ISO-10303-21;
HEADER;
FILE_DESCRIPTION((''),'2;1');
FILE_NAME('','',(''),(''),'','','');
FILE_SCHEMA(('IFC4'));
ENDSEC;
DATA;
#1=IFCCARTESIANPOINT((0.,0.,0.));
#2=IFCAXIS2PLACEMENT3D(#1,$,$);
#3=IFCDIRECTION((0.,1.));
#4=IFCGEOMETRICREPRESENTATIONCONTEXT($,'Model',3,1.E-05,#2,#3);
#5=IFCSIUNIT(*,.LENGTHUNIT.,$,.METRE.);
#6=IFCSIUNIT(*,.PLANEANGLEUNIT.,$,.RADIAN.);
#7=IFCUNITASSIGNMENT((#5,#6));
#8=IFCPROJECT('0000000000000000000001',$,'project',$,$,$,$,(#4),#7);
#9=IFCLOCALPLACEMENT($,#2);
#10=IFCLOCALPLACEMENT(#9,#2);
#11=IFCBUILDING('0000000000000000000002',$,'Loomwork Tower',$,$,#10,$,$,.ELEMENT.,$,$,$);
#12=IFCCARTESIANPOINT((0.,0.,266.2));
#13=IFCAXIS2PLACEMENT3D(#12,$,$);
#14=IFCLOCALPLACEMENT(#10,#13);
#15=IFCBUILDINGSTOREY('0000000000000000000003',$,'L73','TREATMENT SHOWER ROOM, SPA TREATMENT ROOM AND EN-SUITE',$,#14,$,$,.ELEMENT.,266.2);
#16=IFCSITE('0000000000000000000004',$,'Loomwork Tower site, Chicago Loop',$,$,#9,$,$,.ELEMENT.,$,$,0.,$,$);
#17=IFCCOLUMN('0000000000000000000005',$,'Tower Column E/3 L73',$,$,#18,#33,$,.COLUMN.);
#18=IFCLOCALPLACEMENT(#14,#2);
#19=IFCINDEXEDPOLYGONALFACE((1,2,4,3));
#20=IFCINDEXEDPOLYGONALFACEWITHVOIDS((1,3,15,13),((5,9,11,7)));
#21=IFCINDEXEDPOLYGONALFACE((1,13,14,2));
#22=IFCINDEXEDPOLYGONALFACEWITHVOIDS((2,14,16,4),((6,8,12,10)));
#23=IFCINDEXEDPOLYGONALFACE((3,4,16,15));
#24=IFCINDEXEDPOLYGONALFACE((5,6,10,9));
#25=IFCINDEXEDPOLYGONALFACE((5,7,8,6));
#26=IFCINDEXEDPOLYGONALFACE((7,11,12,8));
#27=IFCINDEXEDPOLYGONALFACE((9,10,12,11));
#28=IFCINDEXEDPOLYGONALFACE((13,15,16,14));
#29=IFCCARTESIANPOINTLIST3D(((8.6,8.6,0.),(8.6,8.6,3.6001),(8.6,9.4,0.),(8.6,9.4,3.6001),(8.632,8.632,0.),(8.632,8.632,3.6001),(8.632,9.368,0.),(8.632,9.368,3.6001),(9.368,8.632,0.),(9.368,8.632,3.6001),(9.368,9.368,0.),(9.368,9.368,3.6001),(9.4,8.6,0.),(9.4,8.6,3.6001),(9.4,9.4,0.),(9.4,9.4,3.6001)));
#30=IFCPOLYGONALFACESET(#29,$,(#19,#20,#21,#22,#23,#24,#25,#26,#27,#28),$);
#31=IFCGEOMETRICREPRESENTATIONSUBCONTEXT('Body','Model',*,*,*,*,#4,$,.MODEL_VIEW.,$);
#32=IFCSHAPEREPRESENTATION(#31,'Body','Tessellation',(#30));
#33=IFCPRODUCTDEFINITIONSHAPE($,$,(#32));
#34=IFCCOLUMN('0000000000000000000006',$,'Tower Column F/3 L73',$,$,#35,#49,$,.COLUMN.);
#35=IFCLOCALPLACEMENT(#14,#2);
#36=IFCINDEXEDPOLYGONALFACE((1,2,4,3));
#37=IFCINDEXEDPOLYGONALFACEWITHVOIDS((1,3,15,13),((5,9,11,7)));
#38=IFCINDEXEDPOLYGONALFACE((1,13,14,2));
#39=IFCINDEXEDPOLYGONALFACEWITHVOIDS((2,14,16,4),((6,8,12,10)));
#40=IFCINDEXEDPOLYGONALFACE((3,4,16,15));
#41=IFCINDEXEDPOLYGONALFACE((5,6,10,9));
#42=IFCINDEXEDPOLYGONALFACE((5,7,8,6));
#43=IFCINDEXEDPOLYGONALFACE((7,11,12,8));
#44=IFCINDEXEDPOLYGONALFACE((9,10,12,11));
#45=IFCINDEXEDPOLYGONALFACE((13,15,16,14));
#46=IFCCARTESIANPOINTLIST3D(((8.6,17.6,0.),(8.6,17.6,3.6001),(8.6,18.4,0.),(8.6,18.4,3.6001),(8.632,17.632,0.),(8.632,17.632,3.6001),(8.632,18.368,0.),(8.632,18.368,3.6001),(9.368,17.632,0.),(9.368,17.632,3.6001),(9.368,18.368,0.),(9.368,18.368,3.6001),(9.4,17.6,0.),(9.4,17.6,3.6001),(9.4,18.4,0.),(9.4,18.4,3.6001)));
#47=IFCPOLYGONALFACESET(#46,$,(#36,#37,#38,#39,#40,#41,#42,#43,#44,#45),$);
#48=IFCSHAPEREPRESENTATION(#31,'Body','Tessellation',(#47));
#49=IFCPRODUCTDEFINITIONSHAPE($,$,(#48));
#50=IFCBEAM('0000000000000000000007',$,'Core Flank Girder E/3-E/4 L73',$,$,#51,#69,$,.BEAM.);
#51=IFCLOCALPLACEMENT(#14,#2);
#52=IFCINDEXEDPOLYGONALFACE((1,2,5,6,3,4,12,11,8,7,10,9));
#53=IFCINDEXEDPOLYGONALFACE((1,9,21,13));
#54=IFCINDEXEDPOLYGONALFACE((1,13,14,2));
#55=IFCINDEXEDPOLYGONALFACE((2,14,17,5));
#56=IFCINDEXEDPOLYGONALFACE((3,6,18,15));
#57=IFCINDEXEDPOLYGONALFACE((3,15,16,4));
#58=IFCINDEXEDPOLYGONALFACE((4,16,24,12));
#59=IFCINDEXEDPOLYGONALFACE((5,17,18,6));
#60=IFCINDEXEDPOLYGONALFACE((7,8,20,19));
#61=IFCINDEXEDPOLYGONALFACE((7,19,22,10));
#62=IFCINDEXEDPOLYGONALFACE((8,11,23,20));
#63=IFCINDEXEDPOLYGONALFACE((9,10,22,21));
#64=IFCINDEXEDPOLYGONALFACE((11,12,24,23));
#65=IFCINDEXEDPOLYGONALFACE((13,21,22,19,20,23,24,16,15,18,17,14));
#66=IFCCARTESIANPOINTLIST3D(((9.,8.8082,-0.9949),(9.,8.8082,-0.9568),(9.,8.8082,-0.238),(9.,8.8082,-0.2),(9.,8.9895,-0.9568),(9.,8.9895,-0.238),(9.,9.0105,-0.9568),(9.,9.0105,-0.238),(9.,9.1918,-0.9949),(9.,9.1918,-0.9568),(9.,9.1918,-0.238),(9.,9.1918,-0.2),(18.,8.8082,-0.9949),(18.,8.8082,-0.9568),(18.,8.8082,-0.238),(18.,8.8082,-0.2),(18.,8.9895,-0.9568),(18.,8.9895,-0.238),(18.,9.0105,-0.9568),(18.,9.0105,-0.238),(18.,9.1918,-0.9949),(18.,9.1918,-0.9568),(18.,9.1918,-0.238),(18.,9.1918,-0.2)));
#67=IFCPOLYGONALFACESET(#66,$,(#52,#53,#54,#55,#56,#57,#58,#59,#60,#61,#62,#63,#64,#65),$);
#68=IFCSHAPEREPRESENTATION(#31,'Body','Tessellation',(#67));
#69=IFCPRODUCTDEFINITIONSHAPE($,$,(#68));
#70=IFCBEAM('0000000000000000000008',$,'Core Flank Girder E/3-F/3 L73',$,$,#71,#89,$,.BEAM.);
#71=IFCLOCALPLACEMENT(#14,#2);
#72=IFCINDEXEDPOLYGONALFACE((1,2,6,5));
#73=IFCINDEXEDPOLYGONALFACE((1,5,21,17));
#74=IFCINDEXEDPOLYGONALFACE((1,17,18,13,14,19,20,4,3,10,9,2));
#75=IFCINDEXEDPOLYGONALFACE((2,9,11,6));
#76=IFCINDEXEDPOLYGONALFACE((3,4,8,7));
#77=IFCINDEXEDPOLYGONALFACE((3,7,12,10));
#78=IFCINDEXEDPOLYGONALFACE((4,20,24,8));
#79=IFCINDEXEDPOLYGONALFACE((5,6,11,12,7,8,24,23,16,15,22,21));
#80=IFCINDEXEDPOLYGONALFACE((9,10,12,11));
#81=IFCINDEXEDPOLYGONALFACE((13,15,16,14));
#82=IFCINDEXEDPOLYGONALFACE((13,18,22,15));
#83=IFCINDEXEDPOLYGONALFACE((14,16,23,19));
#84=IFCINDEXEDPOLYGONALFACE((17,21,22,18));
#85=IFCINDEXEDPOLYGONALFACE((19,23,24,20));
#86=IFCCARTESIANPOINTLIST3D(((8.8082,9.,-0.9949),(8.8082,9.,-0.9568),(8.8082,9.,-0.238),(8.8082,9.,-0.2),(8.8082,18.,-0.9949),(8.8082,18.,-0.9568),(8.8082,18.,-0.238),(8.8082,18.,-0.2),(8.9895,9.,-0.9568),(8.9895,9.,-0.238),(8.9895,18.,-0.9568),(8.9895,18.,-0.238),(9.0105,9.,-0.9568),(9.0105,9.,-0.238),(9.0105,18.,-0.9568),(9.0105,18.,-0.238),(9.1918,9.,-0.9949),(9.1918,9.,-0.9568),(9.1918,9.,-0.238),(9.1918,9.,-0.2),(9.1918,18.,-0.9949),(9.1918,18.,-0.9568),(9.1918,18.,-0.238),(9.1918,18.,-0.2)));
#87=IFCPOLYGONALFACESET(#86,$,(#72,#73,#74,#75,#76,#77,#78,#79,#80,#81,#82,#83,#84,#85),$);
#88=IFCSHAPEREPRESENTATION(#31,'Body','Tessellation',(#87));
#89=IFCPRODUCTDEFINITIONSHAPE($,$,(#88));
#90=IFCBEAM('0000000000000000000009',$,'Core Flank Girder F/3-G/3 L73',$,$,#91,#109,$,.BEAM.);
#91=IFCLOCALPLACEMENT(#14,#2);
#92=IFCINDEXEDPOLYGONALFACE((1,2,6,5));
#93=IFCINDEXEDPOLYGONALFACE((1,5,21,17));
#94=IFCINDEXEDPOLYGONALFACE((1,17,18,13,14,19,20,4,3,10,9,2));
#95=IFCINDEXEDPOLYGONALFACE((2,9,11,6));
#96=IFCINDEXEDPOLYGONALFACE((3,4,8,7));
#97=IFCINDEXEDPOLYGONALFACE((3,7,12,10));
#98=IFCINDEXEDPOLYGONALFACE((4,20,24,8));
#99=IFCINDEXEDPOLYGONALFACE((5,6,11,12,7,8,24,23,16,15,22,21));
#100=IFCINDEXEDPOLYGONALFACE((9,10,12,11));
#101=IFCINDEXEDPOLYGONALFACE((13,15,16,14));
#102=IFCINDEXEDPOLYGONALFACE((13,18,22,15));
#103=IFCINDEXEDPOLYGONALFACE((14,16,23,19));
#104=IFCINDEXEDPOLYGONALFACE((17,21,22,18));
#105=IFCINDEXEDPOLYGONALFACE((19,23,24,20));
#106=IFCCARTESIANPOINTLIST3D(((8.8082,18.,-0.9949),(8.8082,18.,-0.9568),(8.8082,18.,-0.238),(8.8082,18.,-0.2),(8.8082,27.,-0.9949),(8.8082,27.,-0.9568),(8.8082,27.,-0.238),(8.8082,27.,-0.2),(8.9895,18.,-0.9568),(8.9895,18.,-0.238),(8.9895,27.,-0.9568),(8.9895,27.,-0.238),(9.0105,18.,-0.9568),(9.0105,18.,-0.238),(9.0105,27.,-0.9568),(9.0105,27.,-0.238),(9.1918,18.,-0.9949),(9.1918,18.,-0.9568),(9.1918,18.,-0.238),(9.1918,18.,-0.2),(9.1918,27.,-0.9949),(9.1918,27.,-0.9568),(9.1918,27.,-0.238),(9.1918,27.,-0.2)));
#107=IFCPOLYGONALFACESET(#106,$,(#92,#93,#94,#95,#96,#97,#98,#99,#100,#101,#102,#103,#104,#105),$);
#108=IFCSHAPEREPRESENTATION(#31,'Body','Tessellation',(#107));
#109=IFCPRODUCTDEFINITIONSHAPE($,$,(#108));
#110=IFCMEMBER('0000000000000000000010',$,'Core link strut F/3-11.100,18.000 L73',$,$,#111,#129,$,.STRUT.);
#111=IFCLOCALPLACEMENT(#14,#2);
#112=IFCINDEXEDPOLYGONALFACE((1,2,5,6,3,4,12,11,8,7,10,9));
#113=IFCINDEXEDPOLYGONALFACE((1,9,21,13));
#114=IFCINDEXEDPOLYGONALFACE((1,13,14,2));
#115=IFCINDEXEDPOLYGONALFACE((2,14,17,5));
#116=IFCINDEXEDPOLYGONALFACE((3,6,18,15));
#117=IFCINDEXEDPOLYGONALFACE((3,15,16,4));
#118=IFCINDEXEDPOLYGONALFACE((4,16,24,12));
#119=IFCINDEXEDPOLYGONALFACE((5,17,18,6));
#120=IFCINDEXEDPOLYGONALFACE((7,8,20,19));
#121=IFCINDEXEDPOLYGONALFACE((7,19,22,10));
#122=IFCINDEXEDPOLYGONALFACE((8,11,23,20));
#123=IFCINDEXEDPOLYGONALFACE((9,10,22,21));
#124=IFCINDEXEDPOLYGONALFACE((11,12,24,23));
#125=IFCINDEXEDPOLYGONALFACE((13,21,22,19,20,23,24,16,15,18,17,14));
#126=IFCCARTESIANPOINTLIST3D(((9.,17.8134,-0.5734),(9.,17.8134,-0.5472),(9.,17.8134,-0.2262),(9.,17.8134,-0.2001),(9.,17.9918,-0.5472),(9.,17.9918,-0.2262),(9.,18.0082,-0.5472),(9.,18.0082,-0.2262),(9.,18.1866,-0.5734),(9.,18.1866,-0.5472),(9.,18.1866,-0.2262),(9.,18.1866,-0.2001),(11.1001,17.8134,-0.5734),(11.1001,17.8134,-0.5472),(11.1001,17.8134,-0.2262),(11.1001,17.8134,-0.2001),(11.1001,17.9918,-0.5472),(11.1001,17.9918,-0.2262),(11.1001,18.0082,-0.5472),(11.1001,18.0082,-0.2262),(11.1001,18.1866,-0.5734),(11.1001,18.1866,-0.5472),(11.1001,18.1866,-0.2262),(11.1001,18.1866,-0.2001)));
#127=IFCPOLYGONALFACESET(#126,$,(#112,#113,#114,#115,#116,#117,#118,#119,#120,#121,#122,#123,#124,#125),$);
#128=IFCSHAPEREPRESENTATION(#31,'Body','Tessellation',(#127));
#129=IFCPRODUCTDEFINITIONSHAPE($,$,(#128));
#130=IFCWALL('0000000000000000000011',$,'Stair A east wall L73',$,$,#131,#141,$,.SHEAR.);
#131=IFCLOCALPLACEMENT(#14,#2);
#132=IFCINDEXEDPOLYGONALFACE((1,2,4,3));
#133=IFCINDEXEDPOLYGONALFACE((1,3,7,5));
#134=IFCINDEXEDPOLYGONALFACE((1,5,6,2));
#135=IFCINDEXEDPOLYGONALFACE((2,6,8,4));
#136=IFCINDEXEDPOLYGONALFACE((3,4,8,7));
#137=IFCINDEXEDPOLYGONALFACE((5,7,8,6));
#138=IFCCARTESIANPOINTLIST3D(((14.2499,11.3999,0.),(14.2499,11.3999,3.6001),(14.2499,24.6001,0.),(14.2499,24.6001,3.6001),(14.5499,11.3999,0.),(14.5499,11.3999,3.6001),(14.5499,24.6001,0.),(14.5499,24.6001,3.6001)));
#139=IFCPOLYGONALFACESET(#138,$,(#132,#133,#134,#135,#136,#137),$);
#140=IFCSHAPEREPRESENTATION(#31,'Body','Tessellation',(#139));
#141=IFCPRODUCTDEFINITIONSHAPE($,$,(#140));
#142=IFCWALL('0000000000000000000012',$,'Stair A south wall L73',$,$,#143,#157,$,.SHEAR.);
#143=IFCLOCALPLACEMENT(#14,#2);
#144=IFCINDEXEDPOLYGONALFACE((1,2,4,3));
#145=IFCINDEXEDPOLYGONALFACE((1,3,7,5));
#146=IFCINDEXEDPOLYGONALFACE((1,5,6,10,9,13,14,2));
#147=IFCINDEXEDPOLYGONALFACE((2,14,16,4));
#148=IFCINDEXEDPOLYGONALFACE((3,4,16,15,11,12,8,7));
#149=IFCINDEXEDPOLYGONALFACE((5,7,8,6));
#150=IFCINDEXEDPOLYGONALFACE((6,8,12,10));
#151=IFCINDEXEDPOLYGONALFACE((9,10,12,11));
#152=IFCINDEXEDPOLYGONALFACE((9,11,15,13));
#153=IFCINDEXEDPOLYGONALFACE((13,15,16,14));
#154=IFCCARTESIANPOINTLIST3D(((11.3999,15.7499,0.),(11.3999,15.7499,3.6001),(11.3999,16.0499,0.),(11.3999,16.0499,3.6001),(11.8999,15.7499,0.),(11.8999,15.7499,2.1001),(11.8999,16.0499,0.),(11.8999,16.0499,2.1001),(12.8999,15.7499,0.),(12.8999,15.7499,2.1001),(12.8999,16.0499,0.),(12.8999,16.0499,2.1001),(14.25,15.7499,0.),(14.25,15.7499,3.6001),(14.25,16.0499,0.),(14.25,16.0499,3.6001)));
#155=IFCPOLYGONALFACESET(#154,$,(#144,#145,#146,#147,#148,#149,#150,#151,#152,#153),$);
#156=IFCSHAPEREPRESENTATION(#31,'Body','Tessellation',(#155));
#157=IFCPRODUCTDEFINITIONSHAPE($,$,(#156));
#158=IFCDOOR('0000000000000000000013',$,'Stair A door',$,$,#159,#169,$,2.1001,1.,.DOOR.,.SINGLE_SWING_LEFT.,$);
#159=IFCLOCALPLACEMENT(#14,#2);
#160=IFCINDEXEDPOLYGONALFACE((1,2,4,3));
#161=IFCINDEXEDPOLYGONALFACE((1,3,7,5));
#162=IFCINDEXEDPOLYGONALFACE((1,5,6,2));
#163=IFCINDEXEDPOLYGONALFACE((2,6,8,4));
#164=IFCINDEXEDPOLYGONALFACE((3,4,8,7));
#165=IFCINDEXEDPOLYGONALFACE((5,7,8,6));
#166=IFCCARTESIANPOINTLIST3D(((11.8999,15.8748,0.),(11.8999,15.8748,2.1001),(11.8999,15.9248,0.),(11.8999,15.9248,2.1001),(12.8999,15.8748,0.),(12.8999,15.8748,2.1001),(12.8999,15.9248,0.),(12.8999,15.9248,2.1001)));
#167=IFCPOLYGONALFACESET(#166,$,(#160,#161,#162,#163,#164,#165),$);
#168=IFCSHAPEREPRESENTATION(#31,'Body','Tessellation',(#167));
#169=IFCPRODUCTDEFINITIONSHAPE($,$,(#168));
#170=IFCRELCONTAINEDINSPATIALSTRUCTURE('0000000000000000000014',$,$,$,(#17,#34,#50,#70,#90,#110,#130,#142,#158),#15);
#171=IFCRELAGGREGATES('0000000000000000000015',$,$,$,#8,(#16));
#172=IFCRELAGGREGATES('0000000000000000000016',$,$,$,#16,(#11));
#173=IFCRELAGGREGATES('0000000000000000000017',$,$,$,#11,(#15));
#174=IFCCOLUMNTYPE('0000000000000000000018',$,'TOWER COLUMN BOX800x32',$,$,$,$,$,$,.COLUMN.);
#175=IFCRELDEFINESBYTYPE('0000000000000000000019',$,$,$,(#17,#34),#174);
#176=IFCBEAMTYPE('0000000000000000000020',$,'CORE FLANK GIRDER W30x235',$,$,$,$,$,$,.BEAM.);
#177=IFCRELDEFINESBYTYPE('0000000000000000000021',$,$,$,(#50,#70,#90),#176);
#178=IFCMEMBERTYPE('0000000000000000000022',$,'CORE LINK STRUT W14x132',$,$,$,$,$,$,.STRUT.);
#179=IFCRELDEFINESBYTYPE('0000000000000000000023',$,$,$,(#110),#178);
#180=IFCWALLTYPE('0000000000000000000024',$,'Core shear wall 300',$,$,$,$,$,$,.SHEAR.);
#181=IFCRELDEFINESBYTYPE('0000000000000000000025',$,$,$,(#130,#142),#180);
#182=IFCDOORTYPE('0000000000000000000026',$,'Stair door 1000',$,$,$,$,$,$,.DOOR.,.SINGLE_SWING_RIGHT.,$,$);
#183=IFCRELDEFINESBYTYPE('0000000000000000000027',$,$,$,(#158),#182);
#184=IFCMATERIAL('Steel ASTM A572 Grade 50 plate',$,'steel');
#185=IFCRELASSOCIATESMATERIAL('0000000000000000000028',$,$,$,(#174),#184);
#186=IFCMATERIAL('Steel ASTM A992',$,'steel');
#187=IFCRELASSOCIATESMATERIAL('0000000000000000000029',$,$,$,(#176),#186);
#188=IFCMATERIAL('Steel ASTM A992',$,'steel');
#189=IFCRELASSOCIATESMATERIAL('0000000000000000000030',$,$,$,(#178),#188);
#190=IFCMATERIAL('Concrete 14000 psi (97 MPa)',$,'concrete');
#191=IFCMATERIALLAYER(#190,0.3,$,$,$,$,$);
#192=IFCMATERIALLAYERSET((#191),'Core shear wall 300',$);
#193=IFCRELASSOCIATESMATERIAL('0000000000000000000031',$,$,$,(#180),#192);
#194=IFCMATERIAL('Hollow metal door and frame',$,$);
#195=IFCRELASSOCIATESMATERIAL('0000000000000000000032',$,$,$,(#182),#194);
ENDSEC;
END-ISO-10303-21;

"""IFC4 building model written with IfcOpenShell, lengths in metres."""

from ifc_helpers import new_model, si_unit, direction, frame, frame_2d, origin, origin_2d, place, context, subcontext, project, spatial, rectangle, hollow_rectangle, i_section, extrude, material, layer, layer_set, material_profile, profile_set, type_object, element, fill, save


model = new_model("IFC4")

# Units and contexts
model_context = context("Model", 3, precision=1e-05, world=origin(), true_north=direction((0.0, 1.0)))
body_context = subcontext(model_context, "Body", "Model", "MODEL_VIEW")
ifc_project = project(units=[si_unit("LENGTHUNIT", "METRE"), si_unit("PLANEANGLEUNIT", "RADIAN")], contexts=[model_context])

# Site, building, storey
site_placement = place(None, origin())
site = spatial("IfcSite", under=ifc_project, at=site_placement, Name="Loomwork Tower site, Chicago Loop", CompositionType="ELEMENT", RefElevation=0.0)
building_placement = place(site_placement, origin())
building = spatial("IfcBuilding", under=site, at=building_placement, Name="Loomwork Tower", CompositionType="ELEMENT")
storey_placement = place(building_placement, frame((0.0, 0.0, 266.2)))
storey = spatial("IfcBuildingStorey", under=building, at=storey_placement, Name="L73", Description="TREATMENT SHOWER ROOM, SPA TREATMENT ROOM AND EN-SUITE", CompositionType="ELEMENT", Elevation=266.2)

# Columns
ifc_material_1 = material(Name="Steel ASTM A572 Grade 50 plate", Category="steel")
ifc_material_profile_1 = material_profile(ifc_material_1, hollow_rectangle(XDim=0.8, YDim=0.8, WallThickness=0.032, at=origin_2d()), Name="BOX800x32")
ifc_profile_set_1 = profile_set([ifc_material_profile_1], Name="Steel ASTM A572 Grade 50 plate")
column_type = type_object("IfcColumnType", Name="TOWER COLUMN BOX800x32", PredefinedType="COLUMN", material=ifc_profile_set_1)
for number, where, z_axis, x_axis, name in (
    (1, (9.0, 9.0, 0.0), (0.0, 0.0, 1.0), (1.0, 0.0, 0.0), "Tower Column E/3 L73"),
    (2, (9.0, 18.0, 0.0), (0.0, 0.0, 1.0), (1.0, 0.0, 0.0), "Tower Column F/3 L73"),
):
    element("IfcColumn", number, at=place(storey_placement, frame(where, z_axis=z_axis, x_axis=x_axis)), inside=storey, type_object=column_type, Name=name, PredefinedType="COLUMN", context=body_context, shape_type="SweptSolid", body=[
        extrude(hollow_rectangle(XDim=0.8, YDim=0.8, WallThickness=0.032, at=origin_2d()), origin(), (0.0, 0.0, 1.0), 3.6001),
    ])

# Beams
ifc_material_2 = material(Name="Steel ASTM A992", Category="steel")
ifc_material_profile_2 = material_profile(ifc_material_2, i_section(OverallWidth=0.3835, OverallDepth=0.7949, WebThickness=0.021, FlangeThickness=0.0381, at=origin_2d()), Name="W30x235")
ifc_profile_set_2 = profile_set([ifc_material_profile_2], Name="Steel ASTM A992")
beam_type = type_object("IfcBeamType", Name="CORE FLANK GIRDER W30x235", PredefinedType="BEAM", material=ifc_profile_set_2)
for number, where, z_axis, x_axis, name in (
    (3, (9.0, 9.0, -0.5974), (1.0, 0.0, 0.0), (0.0, 1.0, 0.0), "Core Flank Girder E/3-E/4 L73"),
    (4, (9.0, 9.0, -0.5974), (0.0, 1.0, 0.0), (-1.0, 0.0, 0.0), "Core Flank Girder E/3-F/3 L73"),
    (5, (9.0, 18.0, -0.5974), (0.0, 1.0, 0.0), (-1.0, 0.0, 0.0), "Core Flank Girder F/3-G/3 L73"),
):
    element("IfcBeam", number, at=place(storey_placement, frame(where, z_axis=z_axis, x_axis=x_axis)), inside=storey, type_object=beam_type, Name=name, PredefinedType="BEAM", context=body_context, shape_type="SweptSolid", body=[
        extrude(i_section(OverallWidth=0.3835, OverallDepth=0.7949, WebThickness=0.021, FlangeThickness=0.0381, at=origin_2d()), origin(), (0.0, 0.0, 1.0), 9.0),
    ])

# Member
ifc_material_3 = material(Name="Steel ASTM A992", Category="steel")
ifc_material_profile_3 = material_profile(ifc_material_3, i_section(OverallWidth=0.3733, OverallDepth=0.3733, WebThickness=0.0164, FlangeThickness=0.0261, at=origin_2d()), Name="W14x132")
ifc_profile_set_3 = profile_set([ifc_material_profile_3], Name="Steel ASTM A992")
member_type = type_object("IfcMemberType", Name="CORE LINK STRUT W14x132", PredefinedType="STRUT", material=ifc_profile_set_3)
member_placement = place(storey_placement, frame((9.0, 18.0, -0.3867), z_axis=(1.0, 0.0, 0.0), x_axis=(0.0, 1.0, 0.0)))
element("IfcMember", 6, at=member_placement, inside=storey, type_object=member_type, Name="Core link strut F/3-11.100,18.000 L73", PredefinedType="STRUT", context=body_context, shape_type="SweptSolid", body=[
    extrude(i_section(OverallWidth=0.3733, OverallDepth=0.3733, WebThickness=0.0164, FlangeThickness=0.0261, at=origin_2d()), origin(), (0.0, 0.0, 1.0), 2.1001),
])

# Wall
ifc_material_4 = material(Name="Concrete 14000 psi (97 MPa)", Category="concrete")
ifc_layer_1 = layer(ifc_material_4, 0.3)
ifc_layer_set_1 = layer_set([ifc_layer_1], Name="Core shear wall 300")
wall_type_1 = type_object("IfcWallType", Name="Core shear wall 300", PredefinedType="SHEAR", material=ifc_layer_set_1)
wall_1_placement = place(storey_placement, frame((14.3999, 11.3999, 0.0), z_axis=(0.0, 0.0, 1.0), x_axis=(0.0, 1.0, 0.0)))
element("IfcWall", 7, at=wall_1_placement, inside=storey, type_object=wall_type_1, Name="Stair A east wall L73", PredefinedType="SHEAR", context=body_context, shape_type="SweptSolid", body=[
    extrude(rectangle(XDim=13.2002, YDim=0.3, at=frame_2d((6.6001, 0.0))), origin(), (0.0, 0.0, 1.0), 3.6001),
])

# Wall, opening, door
wall_2_placement = place(storey_placement, frame((11.3999, 15.8999, 0.0), z_axis=(0.0, 0.0, 1.0), x_axis=(1.0, 0.0, 0.0)))
wall_2 = element("IfcWall", 8, at=wall_2_placement, inside=storey, type_object=wall_type_1, Name="Stair A south wall L73", PredefinedType="SHEAR", context=body_context, shape_type="SweptSolid", body=[
    extrude(rectangle(XDim=2.8501, YDim=0.3, at=frame_2d((1.425, 0.0))), origin(), (0.0, 0.0, 1.0), 3.6001),
])
opening_1_placement = place(wall_2_placement, frame((0.5, 0.0, 0.0)))
opening_1 = element("IfcOpeningElement", 9, at=opening_1_placement, cuts=wall_2, PredefinedType="OPENING", context=body_context, shape_type="SweptSolid", body=[
    extrude(rectangle(XDim=1.0, YDim=2.1001, at=frame_2d((0.5, 1.05))), frame((0.0, 0.1599, 0.0), z_axis=(0.0, -1.0, 0.0), x_axis=(1.0, 0.0, 0.0)), (0.0, 0.0, 1.0), 0.3201),
])
ifc_material_5 = material(Name="Hollow metal door and frame")
door_type_1 = type_object("IfcDoorType", Name="Stair door 1000", OperationType="SINGLE_SWING_RIGHT", PredefinedType="DOOR", material=ifc_material_5)
door_1_placement = place(opening_1_placement, origin())
door_1 = element("IfcDoor", 10, at=door_1_placement, inside=storey, type_object=door_type_1, Name="Stair A door", OperationType="SINGLE_SWING_LEFT", OverallHeight=2.1001, OverallWidth=1.0, PredefinedType="DOOR", context=body_context, shape_type="SweptSolid", body=[
    extrude(rectangle(XDim=1.0, YDim=2.1001, at=frame_2d((0.5, 1.05))), frame((0.0, 0.0249, 0.0), z_axis=(0.0, -1.0, 0.0), x_axis=(1.0, 0.0, 0.0)), (0.0, 0.0, 1.0), 0.05),
])
fill(opening_1, door_1)

save(model, "model.ifc")
